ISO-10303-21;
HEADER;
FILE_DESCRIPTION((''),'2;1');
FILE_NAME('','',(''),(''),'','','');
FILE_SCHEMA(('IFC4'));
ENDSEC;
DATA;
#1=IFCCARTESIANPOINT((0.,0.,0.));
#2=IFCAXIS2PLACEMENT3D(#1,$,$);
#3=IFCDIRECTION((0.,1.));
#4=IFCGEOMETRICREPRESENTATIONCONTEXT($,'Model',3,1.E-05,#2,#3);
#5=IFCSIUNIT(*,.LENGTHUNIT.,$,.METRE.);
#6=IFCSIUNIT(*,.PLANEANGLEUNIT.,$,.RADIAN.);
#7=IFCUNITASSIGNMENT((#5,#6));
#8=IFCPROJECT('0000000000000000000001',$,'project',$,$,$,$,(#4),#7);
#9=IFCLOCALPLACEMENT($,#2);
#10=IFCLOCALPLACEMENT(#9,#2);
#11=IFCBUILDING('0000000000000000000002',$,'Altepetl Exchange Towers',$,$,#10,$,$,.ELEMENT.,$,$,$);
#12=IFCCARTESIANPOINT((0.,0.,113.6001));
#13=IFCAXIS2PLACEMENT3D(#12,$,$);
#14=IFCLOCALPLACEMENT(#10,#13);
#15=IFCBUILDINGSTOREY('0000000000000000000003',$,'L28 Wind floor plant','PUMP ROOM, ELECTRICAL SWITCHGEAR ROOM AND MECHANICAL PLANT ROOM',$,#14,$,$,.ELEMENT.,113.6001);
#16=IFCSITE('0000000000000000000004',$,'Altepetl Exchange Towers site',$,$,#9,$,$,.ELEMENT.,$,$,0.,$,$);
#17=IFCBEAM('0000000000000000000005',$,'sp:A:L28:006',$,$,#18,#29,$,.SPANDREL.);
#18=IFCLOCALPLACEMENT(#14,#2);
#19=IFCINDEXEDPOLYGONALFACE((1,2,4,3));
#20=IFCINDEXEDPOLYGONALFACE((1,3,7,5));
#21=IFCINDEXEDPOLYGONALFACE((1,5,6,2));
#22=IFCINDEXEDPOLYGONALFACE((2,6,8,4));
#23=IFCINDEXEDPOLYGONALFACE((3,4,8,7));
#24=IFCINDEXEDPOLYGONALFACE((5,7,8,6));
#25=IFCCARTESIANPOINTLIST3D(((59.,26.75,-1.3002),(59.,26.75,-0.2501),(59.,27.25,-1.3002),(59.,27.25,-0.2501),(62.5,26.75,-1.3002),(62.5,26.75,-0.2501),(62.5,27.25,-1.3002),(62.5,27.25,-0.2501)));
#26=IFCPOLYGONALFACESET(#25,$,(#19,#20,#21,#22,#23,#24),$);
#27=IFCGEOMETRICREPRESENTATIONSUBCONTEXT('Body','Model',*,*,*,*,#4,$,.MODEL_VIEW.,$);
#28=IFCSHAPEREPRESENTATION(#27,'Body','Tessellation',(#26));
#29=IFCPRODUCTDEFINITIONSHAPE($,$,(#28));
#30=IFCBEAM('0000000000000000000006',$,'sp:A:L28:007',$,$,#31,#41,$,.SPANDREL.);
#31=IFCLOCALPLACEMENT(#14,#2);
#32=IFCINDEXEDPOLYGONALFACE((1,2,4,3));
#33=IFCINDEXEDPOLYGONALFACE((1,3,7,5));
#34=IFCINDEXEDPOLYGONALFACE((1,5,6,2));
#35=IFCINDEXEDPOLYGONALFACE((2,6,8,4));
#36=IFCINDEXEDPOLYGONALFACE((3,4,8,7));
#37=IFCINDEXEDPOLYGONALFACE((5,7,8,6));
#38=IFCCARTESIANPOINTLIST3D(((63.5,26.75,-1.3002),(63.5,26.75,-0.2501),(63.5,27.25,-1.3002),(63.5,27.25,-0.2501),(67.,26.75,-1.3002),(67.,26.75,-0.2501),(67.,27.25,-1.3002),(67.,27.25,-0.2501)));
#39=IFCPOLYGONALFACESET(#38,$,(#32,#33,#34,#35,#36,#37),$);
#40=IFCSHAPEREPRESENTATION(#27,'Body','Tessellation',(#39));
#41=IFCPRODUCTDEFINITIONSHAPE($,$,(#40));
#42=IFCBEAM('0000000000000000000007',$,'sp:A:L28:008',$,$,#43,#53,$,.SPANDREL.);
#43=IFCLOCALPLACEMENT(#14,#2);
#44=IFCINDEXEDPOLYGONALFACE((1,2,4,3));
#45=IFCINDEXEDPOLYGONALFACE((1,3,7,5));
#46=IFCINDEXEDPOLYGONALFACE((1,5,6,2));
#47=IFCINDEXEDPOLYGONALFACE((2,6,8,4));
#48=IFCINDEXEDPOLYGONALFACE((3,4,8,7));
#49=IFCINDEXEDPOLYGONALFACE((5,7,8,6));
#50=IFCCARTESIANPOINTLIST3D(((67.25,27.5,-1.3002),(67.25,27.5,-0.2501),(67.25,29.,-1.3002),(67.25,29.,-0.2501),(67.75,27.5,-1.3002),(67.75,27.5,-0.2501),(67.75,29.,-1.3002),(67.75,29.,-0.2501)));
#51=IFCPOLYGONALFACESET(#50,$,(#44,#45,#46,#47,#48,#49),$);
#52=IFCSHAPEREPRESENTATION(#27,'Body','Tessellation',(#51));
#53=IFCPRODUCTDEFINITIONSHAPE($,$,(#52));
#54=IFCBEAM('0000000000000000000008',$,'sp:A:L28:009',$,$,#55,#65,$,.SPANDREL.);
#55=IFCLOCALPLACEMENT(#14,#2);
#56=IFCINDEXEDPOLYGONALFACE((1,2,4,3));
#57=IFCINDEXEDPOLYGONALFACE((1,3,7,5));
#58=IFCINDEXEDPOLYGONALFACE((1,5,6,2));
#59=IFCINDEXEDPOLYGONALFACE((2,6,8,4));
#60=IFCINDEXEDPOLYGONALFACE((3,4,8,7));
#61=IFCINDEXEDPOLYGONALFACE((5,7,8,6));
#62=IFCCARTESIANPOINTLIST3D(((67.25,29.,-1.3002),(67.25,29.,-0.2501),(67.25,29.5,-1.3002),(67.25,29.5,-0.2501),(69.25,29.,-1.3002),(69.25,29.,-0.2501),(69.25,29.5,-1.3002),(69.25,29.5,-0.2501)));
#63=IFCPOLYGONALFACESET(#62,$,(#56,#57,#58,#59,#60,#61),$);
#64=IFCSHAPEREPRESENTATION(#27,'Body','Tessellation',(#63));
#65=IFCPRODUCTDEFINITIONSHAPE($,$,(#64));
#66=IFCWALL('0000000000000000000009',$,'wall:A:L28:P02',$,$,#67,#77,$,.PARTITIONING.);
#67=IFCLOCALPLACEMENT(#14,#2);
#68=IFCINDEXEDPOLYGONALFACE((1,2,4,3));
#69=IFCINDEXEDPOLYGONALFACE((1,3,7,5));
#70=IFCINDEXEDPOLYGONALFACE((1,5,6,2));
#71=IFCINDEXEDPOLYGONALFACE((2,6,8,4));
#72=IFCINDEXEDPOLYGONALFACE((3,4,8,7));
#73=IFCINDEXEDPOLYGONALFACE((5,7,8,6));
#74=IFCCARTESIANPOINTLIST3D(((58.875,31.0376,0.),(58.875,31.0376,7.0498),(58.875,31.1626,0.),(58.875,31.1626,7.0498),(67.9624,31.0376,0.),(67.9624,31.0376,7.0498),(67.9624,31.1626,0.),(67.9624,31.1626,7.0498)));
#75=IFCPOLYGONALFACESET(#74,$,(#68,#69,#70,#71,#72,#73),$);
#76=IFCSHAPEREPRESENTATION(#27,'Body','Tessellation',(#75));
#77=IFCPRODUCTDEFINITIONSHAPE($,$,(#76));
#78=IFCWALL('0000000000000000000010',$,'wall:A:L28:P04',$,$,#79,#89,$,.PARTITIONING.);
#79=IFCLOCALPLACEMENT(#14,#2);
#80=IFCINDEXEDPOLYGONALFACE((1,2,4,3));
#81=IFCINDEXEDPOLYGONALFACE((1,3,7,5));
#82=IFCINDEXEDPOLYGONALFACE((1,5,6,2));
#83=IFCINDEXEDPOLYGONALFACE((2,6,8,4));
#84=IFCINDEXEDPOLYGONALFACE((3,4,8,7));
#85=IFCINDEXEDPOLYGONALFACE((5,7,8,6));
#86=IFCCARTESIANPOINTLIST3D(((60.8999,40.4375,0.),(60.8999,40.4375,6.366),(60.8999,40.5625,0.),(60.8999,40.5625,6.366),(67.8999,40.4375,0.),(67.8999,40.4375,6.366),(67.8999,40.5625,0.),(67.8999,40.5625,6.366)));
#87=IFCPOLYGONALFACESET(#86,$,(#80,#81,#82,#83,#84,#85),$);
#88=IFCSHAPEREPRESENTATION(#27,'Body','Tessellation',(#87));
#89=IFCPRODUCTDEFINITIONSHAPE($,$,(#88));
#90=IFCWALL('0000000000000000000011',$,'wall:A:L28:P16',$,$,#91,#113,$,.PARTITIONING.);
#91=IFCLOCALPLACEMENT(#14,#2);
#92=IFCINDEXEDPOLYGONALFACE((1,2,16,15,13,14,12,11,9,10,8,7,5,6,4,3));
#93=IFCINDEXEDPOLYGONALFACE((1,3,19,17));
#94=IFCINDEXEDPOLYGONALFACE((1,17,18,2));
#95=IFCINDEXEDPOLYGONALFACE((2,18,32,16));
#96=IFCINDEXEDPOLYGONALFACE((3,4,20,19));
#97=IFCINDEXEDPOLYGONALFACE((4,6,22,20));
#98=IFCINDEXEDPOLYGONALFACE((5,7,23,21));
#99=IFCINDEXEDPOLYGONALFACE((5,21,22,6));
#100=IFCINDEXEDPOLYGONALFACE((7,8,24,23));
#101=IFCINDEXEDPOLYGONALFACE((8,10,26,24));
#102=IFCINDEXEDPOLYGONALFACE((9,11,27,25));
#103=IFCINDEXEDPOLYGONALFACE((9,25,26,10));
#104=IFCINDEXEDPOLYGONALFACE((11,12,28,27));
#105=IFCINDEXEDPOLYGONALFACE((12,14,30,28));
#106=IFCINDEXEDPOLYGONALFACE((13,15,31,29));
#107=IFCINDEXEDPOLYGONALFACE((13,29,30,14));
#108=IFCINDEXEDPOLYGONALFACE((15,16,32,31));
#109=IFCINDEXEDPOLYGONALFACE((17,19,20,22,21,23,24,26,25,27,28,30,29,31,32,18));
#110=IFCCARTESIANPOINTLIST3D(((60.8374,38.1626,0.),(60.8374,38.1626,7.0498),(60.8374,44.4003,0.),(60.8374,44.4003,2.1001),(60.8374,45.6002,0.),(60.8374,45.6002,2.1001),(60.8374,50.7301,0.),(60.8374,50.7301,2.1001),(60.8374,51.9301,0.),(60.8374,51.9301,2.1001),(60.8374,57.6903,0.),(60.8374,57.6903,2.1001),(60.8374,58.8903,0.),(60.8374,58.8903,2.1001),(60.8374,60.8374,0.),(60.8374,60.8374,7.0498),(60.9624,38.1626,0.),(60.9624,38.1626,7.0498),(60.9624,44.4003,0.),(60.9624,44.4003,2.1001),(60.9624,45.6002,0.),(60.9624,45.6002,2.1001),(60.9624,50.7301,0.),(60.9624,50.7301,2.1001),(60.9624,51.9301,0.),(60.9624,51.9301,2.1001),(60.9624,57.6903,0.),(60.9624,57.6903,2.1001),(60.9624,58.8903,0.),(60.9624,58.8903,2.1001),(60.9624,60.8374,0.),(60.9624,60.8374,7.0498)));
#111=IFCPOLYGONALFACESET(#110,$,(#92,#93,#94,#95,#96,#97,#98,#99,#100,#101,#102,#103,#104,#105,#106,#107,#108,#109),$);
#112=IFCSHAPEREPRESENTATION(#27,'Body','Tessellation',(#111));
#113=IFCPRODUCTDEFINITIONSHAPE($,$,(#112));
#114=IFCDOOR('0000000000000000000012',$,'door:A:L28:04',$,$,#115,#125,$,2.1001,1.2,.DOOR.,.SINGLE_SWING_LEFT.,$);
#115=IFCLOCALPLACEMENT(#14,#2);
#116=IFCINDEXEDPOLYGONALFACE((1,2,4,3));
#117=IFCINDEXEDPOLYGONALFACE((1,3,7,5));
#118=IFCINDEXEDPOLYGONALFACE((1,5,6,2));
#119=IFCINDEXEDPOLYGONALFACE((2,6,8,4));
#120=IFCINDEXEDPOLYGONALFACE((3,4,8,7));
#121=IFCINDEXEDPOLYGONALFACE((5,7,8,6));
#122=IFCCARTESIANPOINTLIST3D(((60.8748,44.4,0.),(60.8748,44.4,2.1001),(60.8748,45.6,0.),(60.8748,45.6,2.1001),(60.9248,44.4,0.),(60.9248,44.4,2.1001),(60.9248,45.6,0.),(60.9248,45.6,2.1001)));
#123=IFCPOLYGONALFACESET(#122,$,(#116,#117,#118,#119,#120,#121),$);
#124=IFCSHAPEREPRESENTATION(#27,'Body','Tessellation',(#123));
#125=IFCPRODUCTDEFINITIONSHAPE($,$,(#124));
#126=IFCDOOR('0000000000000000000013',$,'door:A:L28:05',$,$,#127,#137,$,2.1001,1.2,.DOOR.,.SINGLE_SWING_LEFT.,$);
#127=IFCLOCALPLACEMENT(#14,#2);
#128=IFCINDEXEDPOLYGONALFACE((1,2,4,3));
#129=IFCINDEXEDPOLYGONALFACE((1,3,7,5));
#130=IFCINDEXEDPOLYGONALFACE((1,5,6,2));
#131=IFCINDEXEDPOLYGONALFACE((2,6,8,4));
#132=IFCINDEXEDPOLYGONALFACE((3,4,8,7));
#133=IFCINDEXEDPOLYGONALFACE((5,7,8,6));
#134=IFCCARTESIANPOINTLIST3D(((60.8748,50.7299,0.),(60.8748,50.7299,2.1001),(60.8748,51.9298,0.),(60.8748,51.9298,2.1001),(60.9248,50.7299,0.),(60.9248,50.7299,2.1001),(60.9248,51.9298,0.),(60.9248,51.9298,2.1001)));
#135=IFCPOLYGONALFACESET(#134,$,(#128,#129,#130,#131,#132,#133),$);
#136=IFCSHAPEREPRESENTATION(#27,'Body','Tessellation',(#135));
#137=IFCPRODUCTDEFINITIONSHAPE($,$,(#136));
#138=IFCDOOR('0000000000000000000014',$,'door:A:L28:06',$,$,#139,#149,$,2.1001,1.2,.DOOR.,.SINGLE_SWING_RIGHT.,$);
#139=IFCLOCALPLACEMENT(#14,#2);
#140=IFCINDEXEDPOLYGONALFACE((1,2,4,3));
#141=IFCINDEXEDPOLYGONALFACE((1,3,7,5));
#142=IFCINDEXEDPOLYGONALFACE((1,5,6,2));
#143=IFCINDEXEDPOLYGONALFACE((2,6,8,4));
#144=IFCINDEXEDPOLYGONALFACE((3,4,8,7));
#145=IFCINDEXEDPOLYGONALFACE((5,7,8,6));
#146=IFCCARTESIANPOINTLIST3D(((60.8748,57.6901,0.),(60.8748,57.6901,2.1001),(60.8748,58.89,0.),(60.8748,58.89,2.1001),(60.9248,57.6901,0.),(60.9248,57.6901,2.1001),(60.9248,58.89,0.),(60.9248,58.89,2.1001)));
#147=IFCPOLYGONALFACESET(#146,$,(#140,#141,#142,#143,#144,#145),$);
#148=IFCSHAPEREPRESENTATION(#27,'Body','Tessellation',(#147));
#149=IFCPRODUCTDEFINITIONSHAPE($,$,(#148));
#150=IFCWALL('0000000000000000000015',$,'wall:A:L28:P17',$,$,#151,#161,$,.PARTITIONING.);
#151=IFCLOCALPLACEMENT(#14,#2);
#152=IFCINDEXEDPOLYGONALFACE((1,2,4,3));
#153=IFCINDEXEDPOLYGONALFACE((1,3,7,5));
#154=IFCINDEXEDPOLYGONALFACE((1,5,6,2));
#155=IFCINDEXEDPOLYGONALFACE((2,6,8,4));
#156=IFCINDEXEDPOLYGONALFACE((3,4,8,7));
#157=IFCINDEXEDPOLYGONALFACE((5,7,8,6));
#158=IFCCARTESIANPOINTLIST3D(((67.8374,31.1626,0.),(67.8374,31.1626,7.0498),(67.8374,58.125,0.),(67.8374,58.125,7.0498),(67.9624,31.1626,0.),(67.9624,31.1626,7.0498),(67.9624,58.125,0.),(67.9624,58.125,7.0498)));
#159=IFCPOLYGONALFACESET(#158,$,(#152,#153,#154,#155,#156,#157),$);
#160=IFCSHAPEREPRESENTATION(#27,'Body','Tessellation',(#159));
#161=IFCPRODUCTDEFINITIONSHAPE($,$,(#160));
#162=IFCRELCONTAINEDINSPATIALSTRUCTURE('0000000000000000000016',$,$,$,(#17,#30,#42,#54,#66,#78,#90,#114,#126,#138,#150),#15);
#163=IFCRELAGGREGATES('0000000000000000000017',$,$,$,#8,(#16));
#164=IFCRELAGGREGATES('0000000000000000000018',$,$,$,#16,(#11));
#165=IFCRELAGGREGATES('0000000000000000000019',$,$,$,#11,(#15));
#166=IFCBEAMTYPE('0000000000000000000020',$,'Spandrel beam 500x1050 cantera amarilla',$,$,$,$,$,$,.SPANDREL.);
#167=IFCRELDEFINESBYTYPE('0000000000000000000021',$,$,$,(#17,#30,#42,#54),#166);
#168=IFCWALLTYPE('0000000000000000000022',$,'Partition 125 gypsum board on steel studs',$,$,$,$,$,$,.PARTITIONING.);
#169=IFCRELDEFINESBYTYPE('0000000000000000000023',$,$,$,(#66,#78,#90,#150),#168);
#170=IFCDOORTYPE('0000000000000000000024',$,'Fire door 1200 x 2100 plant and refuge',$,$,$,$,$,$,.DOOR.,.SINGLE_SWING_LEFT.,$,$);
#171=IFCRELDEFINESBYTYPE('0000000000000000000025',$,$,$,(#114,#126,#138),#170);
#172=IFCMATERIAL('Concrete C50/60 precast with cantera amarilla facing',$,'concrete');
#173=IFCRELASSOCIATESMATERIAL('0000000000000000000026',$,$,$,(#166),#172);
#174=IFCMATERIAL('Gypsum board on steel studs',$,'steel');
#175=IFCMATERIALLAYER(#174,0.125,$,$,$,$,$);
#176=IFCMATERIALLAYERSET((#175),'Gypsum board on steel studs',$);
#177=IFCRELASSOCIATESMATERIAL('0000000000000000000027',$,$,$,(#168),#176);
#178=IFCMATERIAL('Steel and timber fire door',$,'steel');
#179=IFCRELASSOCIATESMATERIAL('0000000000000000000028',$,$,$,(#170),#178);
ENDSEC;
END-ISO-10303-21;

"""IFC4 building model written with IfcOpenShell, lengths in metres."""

from ifc_helpers import new_model, si_unit, direction, frame, frame_2d, origin, origin_2d, place, context, subcontext, project, spatial, rectangle, extrude, material, layer, layer_set, material_profile, profile_set, type_object, element, fill, save


model = new_model("IFC4")

# Units and contexts
model_context = context("Model", 3, precision=1e-05, world=origin(), true_north=direction((0.0, 1.0)))
body_context = subcontext(model_context, "Body", "Model", "MODEL_VIEW")
ifc_project = project(units=[si_unit("LENGTHUNIT", "METRE"), si_unit("PLANEANGLEUNIT", "RADIAN")], contexts=[model_context])

# Site, building, storey
site_placement = place(None, origin())
site = spatial("IfcSite", under=ifc_project, at=site_placement, Name="Altepetl Exchange Towers site", CompositionType="ELEMENT", RefElevation=0.0)
building_placement = place(site_placement, origin())
building = spatial("IfcBuilding", under=site, at=building_placement, Name="Altepetl Exchange Towers", CompositionType="ELEMENT")
storey_placement = place(building_placement, frame((0.0, 0.0, 113.6001)))
storey = spatial("IfcBuildingStorey", under=building, at=storey_placement, Name="L28 Wind floor plant", Description="PUMP ROOM, ELECTRICAL SWITCHGEAR ROOM AND MECHANICAL PLANT ROOM", CompositionType="ELEMENT", Elevation=113.6001)

# Beams
ifc_material_1 = material(Name="Concrete C50/60 precast with cantera amarilla facing", Category="concrete")
ifc_material_profile_1 = material_profile(ifc_material_1, rectangle(XDim=0.5, YDim=1.05, at=origin_2d()), Name="500 x 1050")
ifc_profile_set_1 = profile_set([ifc_material_profile_1], Name="Concrete C50/60 precast with cantera amarilla facing")
beam_type_1 = type_object("IfcBeamType", Name="Spandrel beam 500x1050 cantera amarilla", PredefinedType="SPANDREL", material=ifc_profile_set_1)
for number, where, z_axis, x_axis, name in (
    (1, (59.0, 27.0, -0.7751), (1.0, 0.0, 0.0), (0.0, 1.0, 0.0), "sp:A:L28:006"),
    (2, (63.5, 27.0, -0.7751), (1.0, 0.0, 0.0), (0.0, 1.0, 0.0), "sp:A:L28:007"),
):
    element("IfcBeam", number, at=place(storey_placement, frame(where, z_axis=z_axis, x_axis=x_axis)), inside=storey, type_object=beam_type_1, Name=name, PredefinedType="SPANDREL", context=body_context, shape_type="SweptSolid", body=[
        extrude(rectangle(XDim=0.5, YDim=1.05, at=origin_2d()), origin(), (0.0, 0.0, 1.0), 3.5),
    ])
beam_1_placement = place(storey_placement, frame((67.5, 27.5, -0.7751), z_axis=(0.0, 1.0, 0.0), x_axis=(-1.0, 0.0, 0.0)))
element("IfcBeam", 3, at=beam_1_placement, inside=storey, type_object=beam_type_1, Name="sp:A:L28:008", PredefinedType="SPANDREL", context=body_context, shape_type="SweptSolid", body=[
    extrude(rectangle(XDim=0.5, YDim=1.05, at=origin_2d()), origin(), (0.0, 0.0, 1.0), 1.5),
])
beam_2_placement = place(storey_placement, frame((67.25, 29.25, -0.7751), z_axis=(1.0, 0.0, 0.0), x_axis=(0.0, 1.0, 0.0)))
element("IfcBeam", 4, at=beam_2_placement, inside=storey, type_object=beam_type_1, Name="sp:A:L28:009", PredefinedType="SPANDREL", context=body_context, shape_type="SweptSolid", body=[
    extrude(rectangle(XDim=0.5, YDim=1.05, at=origin_2d()), origin(), (0.0, 0.0, 1.0), 2.0),
])

# Walls
ifc_material_2 = material(Name="Gypsum board on steel studs", Category="steel")
ifc_layer = layer(ifc_material_2, 0.125)
ifc_layer_set = layer_set([ifc_layer], Name="Gypsum board on steel studs")
wall_type = type_object("IfcWallType", Name="Partition 125 gypsum board on steel studs", PredefinedType="PARTITIONING", material=ifc_layer_set)
wall_1_placement = place(storey_placement, frame((58.875, 31.1001, 0.0)))
element("IfcWall", 5, at=wall_1_placement, inside=storey, type_object=wall_type, Name="wall:A:L28:P02", PredefinedType="PARTITIONING", context=body_context, shape_type="SweptSolid", body=[
    extrude(rectangle(XDim=9.0874, YDim=0.125, at=frame_2d((4.5437, 0.0))), origin(), (0.0, 0.0, 1.0), 7.0498),
])
wall_2_placement = place(storey_placement, frame((60.8999, 40.5, 0.0)))
element("IfcWall", 6, at=wall_2_placement, inside=storey, type_object=wall_type, Name="wall:A:L28:P04", PredefinedType="PARTITIONING", context=body_context, shape_type="SweptSolid", body=[
    extrude(rectangle(XDim=7.0, YDim=0.125, at=frame_2d((3.5, 0.0))), origin(), (0.0, 0.0, 1.0), 6.366),
])

# Wall, openings, doors
wall_3_placement = place(storey_placement, frame((60.8999, 38.1626, 0.0), z_axis=(0.0, 0.0, 1.0), x_axis=(0.0, 1.0, 0.0)))
wall_3 = element("IfcWall", 7, at=wall_3_placement, inside=storey, type_object=wall_type, Name="wall:A:L28:P16", PredefinedType="PARTITIONING", context=body_context, shape_type="SweptSolid", body=[
    extrude(rectangle(XDim=22.6748, YDim=0.125, at=frame_2d((11.3374, 0.0))), origin(), (0.0, 0.0, 1.0), 7.0498),
])
opening_1_placement = place(wall_3_placement, frame((6.2375, 0.0, 0.0)))
opening_1 = element("IfcOpeningElement", 8, at=opening_1_placement, cuts=wall_3, PredefinedType="OPENING", context=body_context, shape_type="SweptSolid", body=[
    extrude(rectangle(XDim=1.2, YDim=2.1001, at=frame_2d((0.6001, 1.05))), frame((0.0, 0.0725, 0.0), z_axis=(0.0, -1.0, 0.0), x_axis=(1.0, 0.0, 0.0)), (0.0, 0.0, 1.0), 0.145),
])
opening_2_placement = place(wall_3_placement, frame((12.5674, 0.0, 0.0)))
opening_2 = element("IfcOpeningElement", 9, at=opening_2_placement, cuts=wall_3, PredefinedType="OPENING", context=body_context, shape_type="SweptSolid", body=[
    extrude(rectangle(XDim=1.2, YDim=2.1001, at=frame_2d((0.6001, 1.05))), frame((0.0, 0.0725, 0.0), z_axis=(0.0, -1.0, 0.0), x_axis=(1.0, 0.0, 0.0)), (0.0, 0.0, 1.0), 0.145),
])
opening_3_placement = place(wall_3_placement, frame((19.5276, 0.0, 0.0)))
opening_3 = element("IfcOpeningElement", 10, at=opening_3_placement, cuts=wall_3, PredefinedType="OPENING", context=body_context, shape_type="SweptSolid", body=[
    extrude(rectangle(XDim=1.2, YDim=2.1001, at=frame_2d((0.6001, 1.05))), frame((0.0, 0.0725, 0.0), z_axis=(0.0, -1.0, 0.0), x_axis=(1.0, 0.0, 0.0)), (0.0, 0.0, 1.0), 0.145),
])
ifc_material_3 = material(Name="Steel and timber fire door", Category="steel")
door_type = type_object("IfcDoorType", Name="Fire door 1200 x 2100 plant and refuge", OperationType="SINGLE_SWING_LEFT", PredefinedType="DOOR", material=ifc_material_3)
door_1_placement = place(opening_1_placement, frame((1.2, 0.0, 0.0), x_axis=(-1.0, 0.0, 0.0)))
door_1 = element("IfcDoor", 11, at=door_1_placement, inside=storey, type_object=door_type, Name="door:A:L28:04", OperationType="SINGLE_SWING_LEFT", OverallHeight=2.1001, OverallWidth=1.2, PredefinedType="DOOR", context=body_context, shape_type="SweptSolid", body=[
    extrude(rectangle(XDim=1.2, YDim=2.1001, at=frame_2d((0.6001, 1.05))), frame((0.0, 0.0249, 0.0), z_axis=(0.0, -1.0, 0.0), x_axis=(1.0, 0.0, 0.0)), (0.0, 0.0, 1.0), 0.05),
])
fill(opening_1, door_1)
door_2_placement = place(opening_2_placement, frame((1.2, 0.0, 0.0), x_axis=(-1.0, 0.0, 0.0)))
door_2 = element("IfcDoor", 12, at=door_2_placement, inside=storey, type_object=door_type, Name="door:A:L28:05", OperationType="SINGLE_SWING_LEFT", OverallHeight=2.1001, OverallWidth=1.2, PredefinedType="DOOR", context=body_context, shape_type="SweptSolid", body=[
    extrude(rectangle(XDim=1.2, YDim=2.1001, at=frame_2d((0.6001, 1.05))), frame((0.0, 0.0249, 0.0), z_axis=(0.0, -1.0, 0.0), x_axis=(1.0, 0.0, 0.0)), (0.0, 0.0, 1.0), 0.05),
])
fill(opening_2, door_2)
door_3_placement = place(opening_3_placement, frame((1.2, 0.0, 0.0), x_axis=(-1.0, 0.0, 0.0)))
door_3 = element("IfcDoor", 13, at=door_3_placement, inside=storey, type_object=door_type, Name="door:A:L28:06", OperationType="SINGLE_SWING_RIGHT", OverallHeight=2.1001, OverallWidth=1.2, PredefinedType="DOOR", context=body_context, shape_type="SweptSolid", body=[
    extrude(rectangle(XDim=1.2, YDim=2.1001, at=frame_2d((0.6001, 1.05))), frame((0.0, 0.0249, 0.0), z_axis=(0.0, -1.0, 0.0), x_axis=(1.0, 0.0, 0.0)), (0.0, 0.0, 1.0), 0.05),
])
fill(opening_3, door_3)

# Wall
wall_4_placement = place(storey_placement, frame((67.8999, 31.1626, 0.0), z_axis=(0.0, 0.0, 1.0), x_axis=(0.0, 1.0, 0.0)))
element("IfcWall", 14, at=wall_4_placement, inside=storey, type_object=wall_type, Name="wall:A:L28:P17", PredefinedType="PARTITIONING", context=body_context, shape_type="SweptSolid", body=[
    extrude(rectangle(XDim=26.9624, YDim=0.125, at=frame_2d((13.4812, 0.0))), origin(), (0.0, 0.0, 1.0), 7.0498),
])

save(model, "model.ifc")
